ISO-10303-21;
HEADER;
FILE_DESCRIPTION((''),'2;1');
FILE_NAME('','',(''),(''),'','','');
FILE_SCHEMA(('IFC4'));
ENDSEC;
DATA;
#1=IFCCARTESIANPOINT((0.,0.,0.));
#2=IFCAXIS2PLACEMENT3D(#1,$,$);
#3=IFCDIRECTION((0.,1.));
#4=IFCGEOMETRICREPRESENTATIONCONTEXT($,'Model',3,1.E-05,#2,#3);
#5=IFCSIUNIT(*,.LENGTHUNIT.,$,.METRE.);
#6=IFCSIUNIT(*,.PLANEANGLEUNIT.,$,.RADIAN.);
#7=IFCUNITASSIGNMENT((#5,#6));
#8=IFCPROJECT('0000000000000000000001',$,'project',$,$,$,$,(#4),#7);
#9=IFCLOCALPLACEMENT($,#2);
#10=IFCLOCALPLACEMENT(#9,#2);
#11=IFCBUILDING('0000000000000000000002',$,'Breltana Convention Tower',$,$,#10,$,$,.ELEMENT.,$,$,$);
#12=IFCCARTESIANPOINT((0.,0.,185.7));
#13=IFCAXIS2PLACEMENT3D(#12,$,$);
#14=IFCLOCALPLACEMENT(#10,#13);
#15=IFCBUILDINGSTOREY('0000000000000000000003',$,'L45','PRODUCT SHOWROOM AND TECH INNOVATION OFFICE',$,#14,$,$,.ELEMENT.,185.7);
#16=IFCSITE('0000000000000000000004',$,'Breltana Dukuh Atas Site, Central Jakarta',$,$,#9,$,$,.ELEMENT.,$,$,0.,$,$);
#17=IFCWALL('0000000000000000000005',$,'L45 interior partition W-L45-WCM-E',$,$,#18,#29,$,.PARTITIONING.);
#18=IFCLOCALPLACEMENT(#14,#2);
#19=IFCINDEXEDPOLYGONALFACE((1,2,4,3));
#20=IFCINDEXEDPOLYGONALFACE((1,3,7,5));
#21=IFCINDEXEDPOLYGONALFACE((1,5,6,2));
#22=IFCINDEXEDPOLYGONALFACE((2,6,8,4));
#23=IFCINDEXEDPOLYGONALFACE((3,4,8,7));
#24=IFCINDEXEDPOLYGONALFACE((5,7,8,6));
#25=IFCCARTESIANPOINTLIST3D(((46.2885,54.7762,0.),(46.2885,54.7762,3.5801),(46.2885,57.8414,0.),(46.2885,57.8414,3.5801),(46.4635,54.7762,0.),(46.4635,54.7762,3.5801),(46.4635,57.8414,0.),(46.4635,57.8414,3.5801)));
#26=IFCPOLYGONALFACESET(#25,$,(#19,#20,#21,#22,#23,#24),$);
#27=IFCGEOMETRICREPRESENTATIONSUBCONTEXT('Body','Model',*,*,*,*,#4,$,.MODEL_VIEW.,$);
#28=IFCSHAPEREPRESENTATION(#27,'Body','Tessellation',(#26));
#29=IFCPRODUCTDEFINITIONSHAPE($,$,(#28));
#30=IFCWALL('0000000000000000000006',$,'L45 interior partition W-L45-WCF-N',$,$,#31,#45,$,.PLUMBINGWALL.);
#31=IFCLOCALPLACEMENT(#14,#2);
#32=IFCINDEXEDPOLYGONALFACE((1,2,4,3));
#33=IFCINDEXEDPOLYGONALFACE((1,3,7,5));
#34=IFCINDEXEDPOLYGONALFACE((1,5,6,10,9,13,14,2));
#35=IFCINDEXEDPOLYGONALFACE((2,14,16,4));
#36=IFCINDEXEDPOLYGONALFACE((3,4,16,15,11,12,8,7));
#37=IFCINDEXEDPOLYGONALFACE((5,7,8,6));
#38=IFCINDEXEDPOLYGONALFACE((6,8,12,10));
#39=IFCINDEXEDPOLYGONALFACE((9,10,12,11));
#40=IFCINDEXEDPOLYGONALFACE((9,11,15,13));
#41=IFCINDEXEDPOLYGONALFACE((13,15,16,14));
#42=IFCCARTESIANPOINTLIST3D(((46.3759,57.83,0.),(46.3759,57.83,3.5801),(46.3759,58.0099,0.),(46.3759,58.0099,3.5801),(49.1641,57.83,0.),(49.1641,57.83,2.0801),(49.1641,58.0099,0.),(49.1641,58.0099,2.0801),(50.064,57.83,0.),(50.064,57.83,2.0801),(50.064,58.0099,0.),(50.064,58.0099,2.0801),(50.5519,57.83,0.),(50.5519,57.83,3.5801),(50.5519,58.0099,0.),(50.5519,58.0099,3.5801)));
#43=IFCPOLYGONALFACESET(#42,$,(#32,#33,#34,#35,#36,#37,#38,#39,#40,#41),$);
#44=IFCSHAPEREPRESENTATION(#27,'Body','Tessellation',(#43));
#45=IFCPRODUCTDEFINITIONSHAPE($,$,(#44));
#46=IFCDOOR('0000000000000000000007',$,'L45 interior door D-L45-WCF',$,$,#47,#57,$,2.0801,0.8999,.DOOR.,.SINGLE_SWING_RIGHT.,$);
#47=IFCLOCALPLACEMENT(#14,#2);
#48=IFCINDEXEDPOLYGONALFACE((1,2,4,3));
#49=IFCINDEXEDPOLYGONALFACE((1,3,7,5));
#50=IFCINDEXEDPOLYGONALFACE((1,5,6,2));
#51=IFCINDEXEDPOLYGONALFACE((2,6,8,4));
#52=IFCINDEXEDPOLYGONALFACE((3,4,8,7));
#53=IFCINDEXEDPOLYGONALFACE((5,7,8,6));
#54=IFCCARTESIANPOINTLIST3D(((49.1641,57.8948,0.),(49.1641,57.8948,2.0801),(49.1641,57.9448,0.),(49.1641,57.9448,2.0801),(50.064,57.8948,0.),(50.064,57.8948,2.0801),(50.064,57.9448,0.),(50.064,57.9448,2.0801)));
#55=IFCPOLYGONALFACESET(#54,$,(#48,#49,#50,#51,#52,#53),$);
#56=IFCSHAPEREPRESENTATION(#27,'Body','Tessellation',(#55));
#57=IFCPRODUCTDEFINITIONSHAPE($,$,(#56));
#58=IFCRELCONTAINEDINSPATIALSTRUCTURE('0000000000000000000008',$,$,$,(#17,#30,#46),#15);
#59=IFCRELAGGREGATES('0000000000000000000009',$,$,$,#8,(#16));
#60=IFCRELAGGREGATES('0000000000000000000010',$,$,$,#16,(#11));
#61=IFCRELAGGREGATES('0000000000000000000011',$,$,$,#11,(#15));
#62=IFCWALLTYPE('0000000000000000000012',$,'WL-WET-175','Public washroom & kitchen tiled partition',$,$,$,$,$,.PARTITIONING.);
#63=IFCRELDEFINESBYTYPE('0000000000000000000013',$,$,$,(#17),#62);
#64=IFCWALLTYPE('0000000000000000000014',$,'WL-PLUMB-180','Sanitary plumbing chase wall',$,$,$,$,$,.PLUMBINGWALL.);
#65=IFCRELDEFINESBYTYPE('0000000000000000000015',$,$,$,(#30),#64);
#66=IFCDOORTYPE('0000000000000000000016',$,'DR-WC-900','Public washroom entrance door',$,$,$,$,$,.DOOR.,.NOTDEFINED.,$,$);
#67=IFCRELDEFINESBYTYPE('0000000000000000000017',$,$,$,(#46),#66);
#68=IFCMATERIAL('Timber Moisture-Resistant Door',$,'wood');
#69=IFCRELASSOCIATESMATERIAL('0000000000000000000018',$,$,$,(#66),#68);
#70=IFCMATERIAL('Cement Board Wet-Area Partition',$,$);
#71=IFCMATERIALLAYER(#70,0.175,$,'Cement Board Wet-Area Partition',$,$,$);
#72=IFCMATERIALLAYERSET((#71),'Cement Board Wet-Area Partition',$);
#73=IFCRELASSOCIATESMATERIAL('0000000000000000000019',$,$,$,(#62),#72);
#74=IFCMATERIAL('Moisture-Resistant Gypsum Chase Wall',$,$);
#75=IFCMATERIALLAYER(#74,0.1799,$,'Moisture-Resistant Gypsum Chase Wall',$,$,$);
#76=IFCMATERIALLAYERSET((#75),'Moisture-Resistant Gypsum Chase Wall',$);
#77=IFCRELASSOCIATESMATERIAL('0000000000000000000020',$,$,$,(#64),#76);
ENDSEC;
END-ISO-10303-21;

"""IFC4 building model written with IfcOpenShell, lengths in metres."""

from ifc_helpers import new_model, si_unit, direction, frame, frame_2d, origin, place, context, subcontext, project, spatial, rectangle, extrude, source, transform, mapped, material, layer, layer_set, type_object, type_shapes, element, fill, save


model = new_model("IFC4")

# Units and contexts
model_context = context("Model", 3, precision=1e-05, world=origin(), true_north=direction((0.0, 1.0)))
body_context = subcontext(model_context, "Body", "Model", "MODEL_VIEW")
ifc_project = project(units=[si_unit("LENGTHUNIT", "METRE"), si_unit("PLANEANGLEUNIT", "RADIAN")], contexts=[model_context])

# Site, building, storey
site_placement = place(None, origin())
site = spatial("IfcSite", under=ifc_project, at=site_placement, Name="Breltana Dukuh Atas Site, Central Jakarta", CompositionType="ELEMENT", RefElevation=0.0)
building_placement = place(site_placement, origin())
building = spatial("IfcBuilding", under=site, at=building_placement, Name="Breltana Convention Tower", CompositionType="ELEMENT")
storey_placement = place(building_placement, frame((0.0, 0.0, 185.7)))
storey = spatial("IfcBuildingStorey", under=building, at=storey_placement, Name="L45", Description="PRODUCT SHOWROOM AND TECH INNOVATION OFFICE", CompositionType="ELEMENT", Elevation=185.7)

# Shared definitions
ifc_material_1 = material(Name="Timber Moisture-Resistant Door", Category="wood")
door_type_1 = type_object("IfcDoorType", Name="DR-WC-900", Description="Public washroom entrance door", OperationType="NOTDEFINED", PredefinedType="DOOR", material=ifc_material_1)
shared_shape_1 = source(origin(), body_context, "Body", "SweptSolid", [
    extrude(rectangle(XDim=0.8999, YDim=2.0801, at=frame_2d((0.45, 1.04))), frame((0.0, 0.0249, 0.0), z_axis=(0.0, -1.0, 0.0), x_axis=(1.0, 0.0, 0.0)), (0.0, 0.0, 1.0), 0.05),
])
type_shapes(door_type_1, [shared_shape_1])

# Wall
ifc_material_2 = material(Name="Cement Board Wet-Area Partition")
ifc_layer_1 = layer(ifc_material_2, 0.175, Name="Cement Board Wet-Area Partition")
ifc_layer_set_1 = layer_set([ifc_layer_1], Name="Cement Board Wet-Area Partition")
wall_type_1 = type_object("IfcWallType", Name="WL-WET-175", Description="Public washroom & kitchen tiled partition", PredefinedType="PARTITIONING", material=ifc_layer_set_1)
shared_shape_2 = source(origin(), body_context, "Body", "SweptSolid", [
    extrude(rectangle(XDim=3.0652, YDim=0.175, at=frame_2d((1.5327, 0.0))), origin(), (0.0, 0.0, 1.0), 3.5801),
])
wall_1_placement = place(storey_placement, frame((46.376, 54.7761, 0.0), z_axis=(0.0, 0.0, 1.0), x_axis=(0.0, 1.0, 0.0)))
element("IfcWall", 1, at=wall_1_placement, inside=storey, type_object=wall_type_1, Name="L45 interior partition W-L45-WCM-E", PredefinedType="PARTITIONING", context=body_context, shape_type="MappedRepresentation", body=[
    mapped(shared_shape_2, transform((0.0, 0.0, 0.0), scale=1.0)),
])

# Wall, opening, door
ifc_material_3 = material(Name="Moisture-Resistant Gypsum Chase Wall")
ifc_layer_2 = layer(ifc_material_3, 0.1799, Name="Moisture-Resistant Gypsum Chase Wall")
ifc_layer_set_2 = layer_set([ifc_layer_2], Name="Moisture-Resistant Gypsum Chase Wall")
wall_type_2 = type_object("IfcWallType", Name="WL-PLUMB-180", Description="Sanitary plumbing chase wall", PredefinedType="PLUMBINGWALL", material=ifc_layer_set_2)
shared_shape_3 = source(origin(), body_context, "Body", "SweptSolid", [
    extrude(rectangle(XDim=4.176, YDim=0.1799, at=frame_2d((2.0879, 0.0))), origin(), (0.0, 0.0, 1.0), 3.5801),
])
wall_2_placement = place(storey_placement, frame((46.376, 57.9199, 0.0), z_axis=(0.0, 0.0, 1.0), x_axis=(1.0, 0.0, 0.0)))
wall_2 = element("IfcWall", 2, at=wall_2_placement, inside=storey, type_object=wall_type_2, Name="L45 interior partition W-L45-WCF-N", PredefinedType="PLUMBINGWALL", context=body_context, shape_type="MappedRepresentation", body=[
    mapped(shared_shape_3, transform((0.0, 0.0, 0.0), scale=1.0)),
])
opening_1_placement = place(wall_2_placement, frame((2.7881, 0.0, 0.0)))
opening_1 = element("IfcOpeningElement", 3, at=opening_1_placement, cuts=wall_2, PredefinedType="OPENING", context=body_context, shape_type="SweptSolid", body=[
    extrude(rectangle(XDim=0.8999, YDim=2.0801, at=frame_2d((0.45, 1.04))), frame((0.0, 0.1001, 0.0), z_axis=(0.0, -1.0, 0.0), x_axis=(1.0, 0.0, 0.0)), (0.0, 0.0, 1.0), 0.2),
])
door_1_placement = place(opening_1_placement, origin())
door_1 = element("IfcDoor", 4, at=door_1_placement, inside=storey, type_object=door_type_1, Name="L45 interior door D-L45-WCF", OperationType="SINGLE_SWING_RIGHT", OverallHeight=2.0801, OverallWidth=0.8999, PredefinedType="DOOR", context=body_context, shape_type="MappedRepresentation", body=[
    mapped(shared_shape_1, transform((0.0, 0.0, 0.0), scale=1.0)),
])
fill(opening_1, door_1)

save(model, "model.ifc")
